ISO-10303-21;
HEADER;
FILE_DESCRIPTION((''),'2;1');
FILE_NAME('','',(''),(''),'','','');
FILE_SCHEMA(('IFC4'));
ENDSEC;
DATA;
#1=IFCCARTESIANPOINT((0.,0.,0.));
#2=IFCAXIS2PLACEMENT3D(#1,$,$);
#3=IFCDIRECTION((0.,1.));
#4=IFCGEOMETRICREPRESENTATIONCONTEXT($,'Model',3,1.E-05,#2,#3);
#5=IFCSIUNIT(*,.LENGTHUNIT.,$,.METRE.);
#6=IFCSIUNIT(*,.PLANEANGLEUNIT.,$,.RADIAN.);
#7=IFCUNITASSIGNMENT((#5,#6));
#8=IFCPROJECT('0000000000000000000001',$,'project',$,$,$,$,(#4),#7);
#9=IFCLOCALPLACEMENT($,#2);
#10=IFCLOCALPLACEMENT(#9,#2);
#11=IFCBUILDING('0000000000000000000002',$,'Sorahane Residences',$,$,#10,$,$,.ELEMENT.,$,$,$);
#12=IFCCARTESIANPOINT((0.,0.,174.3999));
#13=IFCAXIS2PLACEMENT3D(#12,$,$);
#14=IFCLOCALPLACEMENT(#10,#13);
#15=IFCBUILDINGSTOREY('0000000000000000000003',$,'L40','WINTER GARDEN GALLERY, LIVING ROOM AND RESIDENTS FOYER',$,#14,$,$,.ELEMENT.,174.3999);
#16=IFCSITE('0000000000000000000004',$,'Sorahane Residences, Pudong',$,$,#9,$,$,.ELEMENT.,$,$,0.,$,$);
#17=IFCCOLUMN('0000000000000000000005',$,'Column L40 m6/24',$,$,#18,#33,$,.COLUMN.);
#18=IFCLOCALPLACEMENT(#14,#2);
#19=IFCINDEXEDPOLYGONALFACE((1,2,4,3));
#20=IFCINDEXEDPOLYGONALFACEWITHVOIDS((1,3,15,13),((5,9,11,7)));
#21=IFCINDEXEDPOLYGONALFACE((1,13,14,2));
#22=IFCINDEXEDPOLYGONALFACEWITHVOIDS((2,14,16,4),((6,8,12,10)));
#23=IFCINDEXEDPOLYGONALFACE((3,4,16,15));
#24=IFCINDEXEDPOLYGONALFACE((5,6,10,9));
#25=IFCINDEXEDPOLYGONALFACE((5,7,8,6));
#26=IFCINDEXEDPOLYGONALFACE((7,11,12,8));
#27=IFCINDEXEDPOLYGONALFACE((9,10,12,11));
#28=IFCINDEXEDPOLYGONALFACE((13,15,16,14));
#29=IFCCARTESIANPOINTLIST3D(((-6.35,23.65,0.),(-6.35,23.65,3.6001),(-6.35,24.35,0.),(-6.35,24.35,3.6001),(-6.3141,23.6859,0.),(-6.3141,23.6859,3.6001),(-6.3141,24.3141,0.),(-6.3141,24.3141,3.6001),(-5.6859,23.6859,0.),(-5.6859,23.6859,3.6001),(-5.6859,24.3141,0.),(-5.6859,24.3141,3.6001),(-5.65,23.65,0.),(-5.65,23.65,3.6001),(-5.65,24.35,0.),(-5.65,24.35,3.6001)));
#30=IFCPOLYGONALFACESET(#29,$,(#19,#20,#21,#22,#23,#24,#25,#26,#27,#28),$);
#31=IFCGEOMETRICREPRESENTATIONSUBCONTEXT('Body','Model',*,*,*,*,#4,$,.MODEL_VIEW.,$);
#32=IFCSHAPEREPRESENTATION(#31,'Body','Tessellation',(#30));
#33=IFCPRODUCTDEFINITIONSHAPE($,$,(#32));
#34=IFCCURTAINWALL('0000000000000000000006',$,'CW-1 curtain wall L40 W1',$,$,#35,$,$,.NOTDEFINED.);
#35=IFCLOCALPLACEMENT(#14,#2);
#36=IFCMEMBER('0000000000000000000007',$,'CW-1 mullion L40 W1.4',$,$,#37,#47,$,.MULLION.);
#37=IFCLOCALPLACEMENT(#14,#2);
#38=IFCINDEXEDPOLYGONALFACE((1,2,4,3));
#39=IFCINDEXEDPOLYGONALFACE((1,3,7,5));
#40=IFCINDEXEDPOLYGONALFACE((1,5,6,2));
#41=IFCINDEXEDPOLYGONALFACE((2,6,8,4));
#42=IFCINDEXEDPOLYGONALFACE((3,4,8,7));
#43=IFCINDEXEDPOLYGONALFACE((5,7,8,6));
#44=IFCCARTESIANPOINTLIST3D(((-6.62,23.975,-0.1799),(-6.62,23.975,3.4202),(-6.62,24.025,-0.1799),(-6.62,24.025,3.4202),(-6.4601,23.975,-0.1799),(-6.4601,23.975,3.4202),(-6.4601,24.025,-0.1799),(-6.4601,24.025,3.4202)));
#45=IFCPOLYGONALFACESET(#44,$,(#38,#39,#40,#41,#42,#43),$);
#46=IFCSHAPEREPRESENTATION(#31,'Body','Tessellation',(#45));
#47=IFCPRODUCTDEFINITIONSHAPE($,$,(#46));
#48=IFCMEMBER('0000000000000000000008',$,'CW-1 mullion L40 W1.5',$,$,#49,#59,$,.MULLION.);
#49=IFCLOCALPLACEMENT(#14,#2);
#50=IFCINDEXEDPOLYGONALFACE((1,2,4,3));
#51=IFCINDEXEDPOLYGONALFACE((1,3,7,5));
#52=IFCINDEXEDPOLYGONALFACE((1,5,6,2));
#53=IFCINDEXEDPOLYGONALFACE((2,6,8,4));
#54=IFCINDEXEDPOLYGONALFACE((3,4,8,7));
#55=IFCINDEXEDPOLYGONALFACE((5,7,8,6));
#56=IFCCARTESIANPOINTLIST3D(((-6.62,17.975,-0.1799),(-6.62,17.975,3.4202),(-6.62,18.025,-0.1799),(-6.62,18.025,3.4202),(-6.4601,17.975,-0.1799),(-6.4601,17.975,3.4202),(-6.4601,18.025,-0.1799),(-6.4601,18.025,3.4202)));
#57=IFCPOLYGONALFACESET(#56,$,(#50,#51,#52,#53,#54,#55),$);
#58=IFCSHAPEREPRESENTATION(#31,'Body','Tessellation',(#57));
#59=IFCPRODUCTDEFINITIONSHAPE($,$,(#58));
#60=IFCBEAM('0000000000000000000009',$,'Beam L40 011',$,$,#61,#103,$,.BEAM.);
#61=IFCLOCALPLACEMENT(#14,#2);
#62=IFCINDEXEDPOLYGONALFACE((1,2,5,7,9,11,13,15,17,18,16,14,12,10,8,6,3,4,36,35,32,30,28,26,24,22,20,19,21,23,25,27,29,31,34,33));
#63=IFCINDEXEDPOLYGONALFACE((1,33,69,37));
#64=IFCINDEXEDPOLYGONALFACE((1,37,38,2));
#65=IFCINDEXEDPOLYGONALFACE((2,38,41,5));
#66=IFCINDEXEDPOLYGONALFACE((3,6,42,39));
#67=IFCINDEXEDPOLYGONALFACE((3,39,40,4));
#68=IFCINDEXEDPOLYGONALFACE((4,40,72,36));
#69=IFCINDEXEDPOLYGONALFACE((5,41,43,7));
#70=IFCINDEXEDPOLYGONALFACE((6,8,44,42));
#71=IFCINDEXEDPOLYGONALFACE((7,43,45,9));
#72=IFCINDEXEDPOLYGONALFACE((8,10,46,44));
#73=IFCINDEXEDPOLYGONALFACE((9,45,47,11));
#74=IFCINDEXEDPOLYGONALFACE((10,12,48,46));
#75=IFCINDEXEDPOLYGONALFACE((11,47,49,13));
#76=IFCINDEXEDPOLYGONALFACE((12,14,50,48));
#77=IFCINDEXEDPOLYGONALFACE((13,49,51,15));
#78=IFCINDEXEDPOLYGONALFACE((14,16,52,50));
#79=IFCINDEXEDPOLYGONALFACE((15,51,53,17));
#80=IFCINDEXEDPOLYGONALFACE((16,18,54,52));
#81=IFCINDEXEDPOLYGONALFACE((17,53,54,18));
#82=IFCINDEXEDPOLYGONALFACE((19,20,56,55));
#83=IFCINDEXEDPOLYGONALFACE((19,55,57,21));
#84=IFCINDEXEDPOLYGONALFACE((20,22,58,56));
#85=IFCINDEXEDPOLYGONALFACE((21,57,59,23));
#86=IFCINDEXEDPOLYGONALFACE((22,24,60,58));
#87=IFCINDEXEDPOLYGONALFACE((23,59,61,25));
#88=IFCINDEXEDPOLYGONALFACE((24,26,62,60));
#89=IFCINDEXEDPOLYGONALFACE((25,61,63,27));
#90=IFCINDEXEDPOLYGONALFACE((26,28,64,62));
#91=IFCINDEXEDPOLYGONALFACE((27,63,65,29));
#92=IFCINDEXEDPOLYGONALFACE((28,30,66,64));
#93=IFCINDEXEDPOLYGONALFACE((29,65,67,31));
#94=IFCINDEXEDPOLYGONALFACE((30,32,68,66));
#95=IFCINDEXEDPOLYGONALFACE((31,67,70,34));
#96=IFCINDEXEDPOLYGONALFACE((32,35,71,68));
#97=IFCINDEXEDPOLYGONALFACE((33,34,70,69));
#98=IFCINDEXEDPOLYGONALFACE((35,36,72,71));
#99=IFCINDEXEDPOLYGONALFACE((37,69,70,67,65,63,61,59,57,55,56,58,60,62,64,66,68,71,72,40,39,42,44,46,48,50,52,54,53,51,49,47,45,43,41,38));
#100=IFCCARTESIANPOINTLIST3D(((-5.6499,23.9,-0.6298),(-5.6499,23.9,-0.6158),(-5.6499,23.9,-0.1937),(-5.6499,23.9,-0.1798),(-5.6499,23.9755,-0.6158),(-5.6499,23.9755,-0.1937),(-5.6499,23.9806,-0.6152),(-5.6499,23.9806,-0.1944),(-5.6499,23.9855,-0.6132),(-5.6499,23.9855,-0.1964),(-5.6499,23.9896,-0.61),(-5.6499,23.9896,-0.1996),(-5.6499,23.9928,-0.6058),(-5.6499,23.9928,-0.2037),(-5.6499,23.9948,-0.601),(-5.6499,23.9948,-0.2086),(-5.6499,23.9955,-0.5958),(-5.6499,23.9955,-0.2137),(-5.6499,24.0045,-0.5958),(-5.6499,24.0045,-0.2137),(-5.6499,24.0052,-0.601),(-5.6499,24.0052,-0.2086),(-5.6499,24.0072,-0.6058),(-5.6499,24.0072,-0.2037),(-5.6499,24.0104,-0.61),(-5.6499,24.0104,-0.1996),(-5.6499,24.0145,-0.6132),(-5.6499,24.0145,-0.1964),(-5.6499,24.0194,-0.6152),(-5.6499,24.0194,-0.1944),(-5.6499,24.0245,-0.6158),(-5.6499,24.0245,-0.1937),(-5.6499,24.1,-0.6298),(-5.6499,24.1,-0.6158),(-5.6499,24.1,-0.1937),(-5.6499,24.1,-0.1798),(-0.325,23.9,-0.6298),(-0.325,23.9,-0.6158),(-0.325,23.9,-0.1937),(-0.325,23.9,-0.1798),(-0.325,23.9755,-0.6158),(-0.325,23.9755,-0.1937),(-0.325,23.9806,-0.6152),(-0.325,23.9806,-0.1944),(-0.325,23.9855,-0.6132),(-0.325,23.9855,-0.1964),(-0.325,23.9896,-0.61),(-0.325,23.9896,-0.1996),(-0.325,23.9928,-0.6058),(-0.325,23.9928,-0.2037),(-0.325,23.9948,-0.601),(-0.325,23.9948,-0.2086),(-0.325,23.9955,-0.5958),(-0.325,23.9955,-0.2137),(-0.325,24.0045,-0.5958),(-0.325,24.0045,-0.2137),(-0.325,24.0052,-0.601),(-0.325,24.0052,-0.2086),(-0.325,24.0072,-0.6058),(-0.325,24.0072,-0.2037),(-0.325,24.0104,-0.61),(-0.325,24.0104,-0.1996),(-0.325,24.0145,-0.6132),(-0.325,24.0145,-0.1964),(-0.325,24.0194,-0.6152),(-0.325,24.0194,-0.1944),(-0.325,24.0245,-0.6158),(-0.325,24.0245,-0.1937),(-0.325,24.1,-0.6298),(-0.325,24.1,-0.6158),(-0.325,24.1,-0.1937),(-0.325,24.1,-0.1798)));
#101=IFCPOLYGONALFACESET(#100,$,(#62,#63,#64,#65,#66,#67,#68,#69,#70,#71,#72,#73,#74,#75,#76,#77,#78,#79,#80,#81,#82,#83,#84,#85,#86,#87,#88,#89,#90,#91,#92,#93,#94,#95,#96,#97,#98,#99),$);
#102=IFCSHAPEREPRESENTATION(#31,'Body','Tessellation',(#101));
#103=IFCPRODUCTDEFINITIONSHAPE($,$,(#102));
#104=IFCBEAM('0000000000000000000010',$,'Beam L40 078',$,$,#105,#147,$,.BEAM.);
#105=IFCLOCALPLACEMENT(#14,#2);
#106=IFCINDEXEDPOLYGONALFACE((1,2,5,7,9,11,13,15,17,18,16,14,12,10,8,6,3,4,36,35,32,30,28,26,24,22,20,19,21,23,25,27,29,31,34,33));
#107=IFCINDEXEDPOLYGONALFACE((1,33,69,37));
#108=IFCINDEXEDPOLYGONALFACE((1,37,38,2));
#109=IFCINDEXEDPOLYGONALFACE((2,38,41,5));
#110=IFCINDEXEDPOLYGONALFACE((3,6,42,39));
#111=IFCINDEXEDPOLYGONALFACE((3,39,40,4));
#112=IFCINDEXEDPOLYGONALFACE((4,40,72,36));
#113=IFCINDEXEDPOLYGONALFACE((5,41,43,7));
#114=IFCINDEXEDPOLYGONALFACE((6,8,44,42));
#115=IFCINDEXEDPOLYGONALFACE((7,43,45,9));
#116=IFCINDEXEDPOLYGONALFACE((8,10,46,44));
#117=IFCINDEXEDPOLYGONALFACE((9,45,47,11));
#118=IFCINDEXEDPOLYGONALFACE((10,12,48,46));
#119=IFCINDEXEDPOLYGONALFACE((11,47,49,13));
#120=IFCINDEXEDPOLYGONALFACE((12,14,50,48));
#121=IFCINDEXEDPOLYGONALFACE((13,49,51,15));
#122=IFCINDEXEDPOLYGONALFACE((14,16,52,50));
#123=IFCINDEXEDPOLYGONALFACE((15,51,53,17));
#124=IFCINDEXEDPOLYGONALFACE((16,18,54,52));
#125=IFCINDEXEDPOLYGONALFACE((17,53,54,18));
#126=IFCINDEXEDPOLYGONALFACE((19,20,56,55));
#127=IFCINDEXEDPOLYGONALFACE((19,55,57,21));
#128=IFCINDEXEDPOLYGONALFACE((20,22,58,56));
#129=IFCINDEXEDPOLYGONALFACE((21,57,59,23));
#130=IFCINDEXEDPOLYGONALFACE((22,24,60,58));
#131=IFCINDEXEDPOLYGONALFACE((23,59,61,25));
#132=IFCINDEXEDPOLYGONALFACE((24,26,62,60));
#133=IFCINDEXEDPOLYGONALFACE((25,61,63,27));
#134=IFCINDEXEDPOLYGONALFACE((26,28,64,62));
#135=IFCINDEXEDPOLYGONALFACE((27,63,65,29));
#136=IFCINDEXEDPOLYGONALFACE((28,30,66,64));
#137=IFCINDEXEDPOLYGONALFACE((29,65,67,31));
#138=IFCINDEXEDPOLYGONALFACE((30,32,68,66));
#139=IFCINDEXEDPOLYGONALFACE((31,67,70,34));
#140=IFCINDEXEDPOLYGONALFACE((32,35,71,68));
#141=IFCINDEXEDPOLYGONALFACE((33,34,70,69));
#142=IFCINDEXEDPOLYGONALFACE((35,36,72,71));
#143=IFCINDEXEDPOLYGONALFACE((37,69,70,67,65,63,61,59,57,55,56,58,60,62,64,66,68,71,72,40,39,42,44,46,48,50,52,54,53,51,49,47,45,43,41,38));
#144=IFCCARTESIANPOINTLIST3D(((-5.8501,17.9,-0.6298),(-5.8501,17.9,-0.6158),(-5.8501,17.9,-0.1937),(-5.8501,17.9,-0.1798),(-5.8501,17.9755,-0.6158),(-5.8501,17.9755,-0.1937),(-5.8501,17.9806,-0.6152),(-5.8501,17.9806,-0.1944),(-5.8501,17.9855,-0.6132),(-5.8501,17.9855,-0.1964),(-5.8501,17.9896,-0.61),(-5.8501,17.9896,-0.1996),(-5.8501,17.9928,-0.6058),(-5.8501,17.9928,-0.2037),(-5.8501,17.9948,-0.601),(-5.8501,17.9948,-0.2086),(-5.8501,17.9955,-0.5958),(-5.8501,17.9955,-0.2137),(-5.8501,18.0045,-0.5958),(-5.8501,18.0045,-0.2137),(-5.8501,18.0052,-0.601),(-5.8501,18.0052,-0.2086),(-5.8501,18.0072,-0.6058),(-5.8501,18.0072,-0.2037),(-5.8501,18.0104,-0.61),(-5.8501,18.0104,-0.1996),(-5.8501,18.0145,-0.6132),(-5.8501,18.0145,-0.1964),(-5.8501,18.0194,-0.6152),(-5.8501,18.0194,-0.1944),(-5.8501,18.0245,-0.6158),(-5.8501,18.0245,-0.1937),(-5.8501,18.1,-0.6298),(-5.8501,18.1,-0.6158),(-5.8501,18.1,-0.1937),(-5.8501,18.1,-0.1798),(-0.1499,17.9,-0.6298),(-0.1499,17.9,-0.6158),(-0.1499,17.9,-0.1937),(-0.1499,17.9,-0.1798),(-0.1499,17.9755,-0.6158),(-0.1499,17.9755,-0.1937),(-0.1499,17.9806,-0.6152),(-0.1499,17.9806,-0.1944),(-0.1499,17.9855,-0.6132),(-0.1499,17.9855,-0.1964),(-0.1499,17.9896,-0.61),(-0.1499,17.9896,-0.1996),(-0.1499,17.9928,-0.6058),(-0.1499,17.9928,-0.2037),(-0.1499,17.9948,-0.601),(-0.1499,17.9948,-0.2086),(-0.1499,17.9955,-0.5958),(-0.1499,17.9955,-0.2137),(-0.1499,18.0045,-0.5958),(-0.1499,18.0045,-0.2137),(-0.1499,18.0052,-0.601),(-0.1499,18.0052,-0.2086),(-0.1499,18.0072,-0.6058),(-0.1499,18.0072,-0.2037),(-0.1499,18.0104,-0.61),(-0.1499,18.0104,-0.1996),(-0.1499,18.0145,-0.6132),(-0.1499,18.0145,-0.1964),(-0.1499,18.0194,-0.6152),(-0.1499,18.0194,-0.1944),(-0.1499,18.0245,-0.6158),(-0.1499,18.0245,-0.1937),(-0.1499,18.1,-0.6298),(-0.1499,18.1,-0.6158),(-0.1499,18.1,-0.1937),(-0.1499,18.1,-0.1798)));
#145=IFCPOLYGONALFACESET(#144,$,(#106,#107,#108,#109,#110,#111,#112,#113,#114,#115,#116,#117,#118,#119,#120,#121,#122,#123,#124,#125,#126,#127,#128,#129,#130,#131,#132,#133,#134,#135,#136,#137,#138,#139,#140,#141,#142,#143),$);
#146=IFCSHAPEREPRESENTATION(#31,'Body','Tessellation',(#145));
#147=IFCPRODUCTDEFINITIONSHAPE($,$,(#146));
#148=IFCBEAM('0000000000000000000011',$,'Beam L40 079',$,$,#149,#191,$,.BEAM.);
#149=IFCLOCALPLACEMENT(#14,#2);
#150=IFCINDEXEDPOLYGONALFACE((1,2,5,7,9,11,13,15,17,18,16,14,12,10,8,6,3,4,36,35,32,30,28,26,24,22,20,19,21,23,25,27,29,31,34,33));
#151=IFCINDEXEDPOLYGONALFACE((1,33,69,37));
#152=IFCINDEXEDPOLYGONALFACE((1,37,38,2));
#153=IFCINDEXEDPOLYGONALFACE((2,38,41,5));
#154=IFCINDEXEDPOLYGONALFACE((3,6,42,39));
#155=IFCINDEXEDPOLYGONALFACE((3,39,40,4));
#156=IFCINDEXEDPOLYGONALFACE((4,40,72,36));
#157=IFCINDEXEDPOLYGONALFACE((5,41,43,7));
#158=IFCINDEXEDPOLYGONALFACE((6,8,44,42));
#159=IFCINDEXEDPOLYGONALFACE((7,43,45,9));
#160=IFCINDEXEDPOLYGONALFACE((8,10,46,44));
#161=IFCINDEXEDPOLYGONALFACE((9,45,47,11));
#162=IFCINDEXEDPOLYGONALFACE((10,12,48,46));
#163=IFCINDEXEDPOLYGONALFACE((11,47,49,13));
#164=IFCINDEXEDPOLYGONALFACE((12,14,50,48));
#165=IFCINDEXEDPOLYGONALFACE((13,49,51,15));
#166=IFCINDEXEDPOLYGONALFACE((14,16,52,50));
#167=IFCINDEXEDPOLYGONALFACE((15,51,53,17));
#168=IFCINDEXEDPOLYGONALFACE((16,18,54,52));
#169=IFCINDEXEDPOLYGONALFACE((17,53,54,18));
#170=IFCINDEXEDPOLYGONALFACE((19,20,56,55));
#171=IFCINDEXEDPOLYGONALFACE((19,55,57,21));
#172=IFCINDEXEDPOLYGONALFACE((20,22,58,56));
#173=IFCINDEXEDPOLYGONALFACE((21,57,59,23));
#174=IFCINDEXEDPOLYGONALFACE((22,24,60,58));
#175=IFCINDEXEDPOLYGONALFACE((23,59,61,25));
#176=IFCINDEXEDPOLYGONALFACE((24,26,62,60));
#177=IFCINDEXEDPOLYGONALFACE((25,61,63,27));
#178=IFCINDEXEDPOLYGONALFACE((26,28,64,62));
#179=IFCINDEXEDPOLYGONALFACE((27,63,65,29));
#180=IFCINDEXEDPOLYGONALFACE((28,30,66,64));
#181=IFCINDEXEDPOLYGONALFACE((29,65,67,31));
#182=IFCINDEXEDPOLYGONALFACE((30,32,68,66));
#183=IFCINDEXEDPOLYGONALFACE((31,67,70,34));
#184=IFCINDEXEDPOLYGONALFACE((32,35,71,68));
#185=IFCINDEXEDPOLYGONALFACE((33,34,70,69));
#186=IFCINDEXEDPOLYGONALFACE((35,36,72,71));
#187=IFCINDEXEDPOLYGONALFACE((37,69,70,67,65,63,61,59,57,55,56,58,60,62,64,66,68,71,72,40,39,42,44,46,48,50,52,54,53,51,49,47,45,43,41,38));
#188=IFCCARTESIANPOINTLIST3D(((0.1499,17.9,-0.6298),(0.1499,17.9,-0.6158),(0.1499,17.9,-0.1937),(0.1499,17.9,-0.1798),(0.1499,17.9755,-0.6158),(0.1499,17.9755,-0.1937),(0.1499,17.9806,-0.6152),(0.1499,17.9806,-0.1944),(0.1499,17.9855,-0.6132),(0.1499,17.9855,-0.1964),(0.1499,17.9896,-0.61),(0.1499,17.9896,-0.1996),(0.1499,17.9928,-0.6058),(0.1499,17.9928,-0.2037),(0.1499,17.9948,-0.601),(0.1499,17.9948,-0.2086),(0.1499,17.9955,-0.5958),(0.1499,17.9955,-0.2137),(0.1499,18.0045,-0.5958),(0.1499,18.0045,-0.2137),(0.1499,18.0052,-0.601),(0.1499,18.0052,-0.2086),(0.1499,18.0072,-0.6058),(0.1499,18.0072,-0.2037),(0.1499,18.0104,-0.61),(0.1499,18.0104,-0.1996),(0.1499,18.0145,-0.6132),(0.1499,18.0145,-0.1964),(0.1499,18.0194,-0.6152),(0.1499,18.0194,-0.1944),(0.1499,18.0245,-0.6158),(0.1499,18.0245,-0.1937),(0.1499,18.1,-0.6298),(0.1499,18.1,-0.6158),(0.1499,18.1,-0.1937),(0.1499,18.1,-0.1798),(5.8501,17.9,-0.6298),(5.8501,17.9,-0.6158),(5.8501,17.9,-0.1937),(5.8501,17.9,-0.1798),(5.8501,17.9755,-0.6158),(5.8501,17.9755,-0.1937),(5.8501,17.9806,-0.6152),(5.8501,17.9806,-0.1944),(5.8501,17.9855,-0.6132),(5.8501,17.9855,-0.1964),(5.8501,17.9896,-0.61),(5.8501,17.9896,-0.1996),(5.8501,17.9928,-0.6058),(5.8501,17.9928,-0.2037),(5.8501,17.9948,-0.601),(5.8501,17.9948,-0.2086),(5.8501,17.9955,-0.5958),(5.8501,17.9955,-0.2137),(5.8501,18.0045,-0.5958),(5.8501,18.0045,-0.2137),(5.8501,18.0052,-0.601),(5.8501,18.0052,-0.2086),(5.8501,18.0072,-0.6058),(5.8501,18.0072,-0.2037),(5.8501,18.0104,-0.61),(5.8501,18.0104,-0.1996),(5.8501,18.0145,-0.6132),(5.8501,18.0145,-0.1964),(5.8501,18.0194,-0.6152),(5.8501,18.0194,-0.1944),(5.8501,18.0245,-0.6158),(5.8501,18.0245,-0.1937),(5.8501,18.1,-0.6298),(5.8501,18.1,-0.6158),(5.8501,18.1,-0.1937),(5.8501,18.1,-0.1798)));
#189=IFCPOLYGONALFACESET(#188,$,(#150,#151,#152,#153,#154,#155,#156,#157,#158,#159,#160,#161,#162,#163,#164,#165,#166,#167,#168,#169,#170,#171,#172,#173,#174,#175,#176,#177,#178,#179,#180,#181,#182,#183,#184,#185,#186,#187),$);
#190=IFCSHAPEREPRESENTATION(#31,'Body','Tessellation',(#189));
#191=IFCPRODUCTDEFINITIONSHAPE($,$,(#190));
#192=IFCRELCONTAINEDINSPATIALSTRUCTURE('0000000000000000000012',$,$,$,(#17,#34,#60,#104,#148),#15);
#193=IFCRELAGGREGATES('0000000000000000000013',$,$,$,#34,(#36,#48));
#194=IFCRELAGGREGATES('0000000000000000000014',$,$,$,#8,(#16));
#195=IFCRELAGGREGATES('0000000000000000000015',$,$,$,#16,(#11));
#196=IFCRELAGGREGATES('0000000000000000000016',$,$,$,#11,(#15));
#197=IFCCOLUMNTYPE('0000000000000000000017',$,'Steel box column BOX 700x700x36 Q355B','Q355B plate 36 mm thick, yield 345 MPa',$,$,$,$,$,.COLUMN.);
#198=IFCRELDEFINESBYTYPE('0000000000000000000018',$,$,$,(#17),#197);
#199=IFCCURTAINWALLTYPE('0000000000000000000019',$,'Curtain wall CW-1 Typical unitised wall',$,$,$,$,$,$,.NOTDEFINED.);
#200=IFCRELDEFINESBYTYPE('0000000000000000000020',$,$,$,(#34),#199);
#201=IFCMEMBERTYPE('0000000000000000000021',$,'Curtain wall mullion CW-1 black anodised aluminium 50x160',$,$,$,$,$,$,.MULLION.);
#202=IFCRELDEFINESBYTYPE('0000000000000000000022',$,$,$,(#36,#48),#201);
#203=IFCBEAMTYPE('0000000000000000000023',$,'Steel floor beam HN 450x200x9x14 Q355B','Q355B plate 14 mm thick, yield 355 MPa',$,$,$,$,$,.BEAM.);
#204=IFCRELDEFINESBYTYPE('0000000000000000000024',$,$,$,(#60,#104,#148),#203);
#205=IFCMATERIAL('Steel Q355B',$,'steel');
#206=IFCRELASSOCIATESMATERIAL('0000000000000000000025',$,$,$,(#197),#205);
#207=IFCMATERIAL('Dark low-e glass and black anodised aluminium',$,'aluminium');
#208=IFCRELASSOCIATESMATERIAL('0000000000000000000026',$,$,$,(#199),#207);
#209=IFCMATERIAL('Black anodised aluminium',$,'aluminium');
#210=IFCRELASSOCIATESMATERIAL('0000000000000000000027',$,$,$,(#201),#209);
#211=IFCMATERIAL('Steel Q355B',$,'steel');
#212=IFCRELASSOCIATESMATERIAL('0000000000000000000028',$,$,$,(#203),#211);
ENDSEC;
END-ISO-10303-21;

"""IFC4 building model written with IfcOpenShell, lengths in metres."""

from ifc_helpers import new_model, si_unit, direction, frame, origin, origin_2d, place, context, subcontext, project, spatial, rectangle, hollow_rectangle, i_section, extrude, material, material_profile, profile_set, type_object, element, aggregate, save


model = new_model("IFC4")

# Units and contexts
model_context = context("Model", 3, precision=1e-05, world=origin(), true_north=direction((0.0, 1.0)))
body_context = subcontext(model_context, "Body", "Model", "MODEL_VIEW")
ifc_project = project(units=[si_unit("LENGTHUNIT", "METRE"), si_unit("PLANEANGLEUNIT", "RADIAN")], contexts=[model_context])

# Site, building, storey
site_placement = place(None, origin())
site = spatial("IfcSite", under=ifc_project, at=site_placement, Name="Sorahane Residences, Pudong", CompositionType="ELEMENT", RefElevation=0.0)
building_placement = place(site_placement, origin())
building = spatial("IfcBuilding", under=site, at=building_placement, Name="Sorahane Residences", CompositionType="ELEMENT")
storey_placement = place(building_placement, frame((0.0, 0.0, 174.3999)))
storey = spatial("IfcBuildingStorey", under=building, at=storey_placement, Name="L40", Description="WINTER GARDEN GALLERY, LIVING ROOM AND RESIDENTS FOYER", CompositionType="ELEMENT", Elevation=174.3999)

# Column
ifc_material_1 = material(Name="Steel Q355B", Category="steel")
ifc_material_profile_1 = material_profile(ifc_material_1, hollow_rectangle(XDim=0.7, YDim=0.7, WallThickness=0.0359, at=origin_2d()), Name="BOX 700x700x36")
ifc_profile_set_1 = profile_set([ifc_material_profile_1], Name="Steel Q355B")
column_type = type_object("IfcColumnType", Name="Steel box column BOX 700x700x36 Q355B", Description="Q355B plate 36 mm thick, yield 345 MPa", PredefinedType="COLUMN", material=ifc_profile_set_1)
column_placement = place(storey_placement, frame((-6.0, 24.0, 0.0), z_axis=(0.0, 0.0, 1.0), x_axis=(1.0, 0.0, 0.0)))
element("IfcColumn", 1, at=column_placement, inside=storey, type_object=column_type, Name="Column L40 m6/24", PredefinedType="COLUMN", context=body_context, shape_type="SweptSolid", body=[
    extrude(hollow_rectangle(XDim=0.7, YDim=0.7, WallThickness=0.0359, at=origin_2d()), origin(), (0.0, 0.0, 1.0), 3.6001),
])

# Curtain wall, members
ifc_material_2 = material(Name="Dark low-e glass and black anodised aluminium", Category="aluminium")
curtain_wall_type = type_object("IfcCurtainWallType", Name="Curtain wall CW-1 Typical unitised wall", PredefinedType="NOTDEFINED", material=ifc_material_2)
curtain_wall_placement = place(storey_placement, origin())
curtain_wall = element("IfcCurtainWall", 2, at=curtain_wall_placement, inside=storey, type_object=curtain_wall_type, Name="CW-1 curtain wall L40 W1", PredefinedType="NOTDEFINED")
ifc_material_3 = material(Name="Black anodised aluminium", Category="aluminium")
ifc_material_profile_2 = material_profile(ifc_material_3, rectangle(XDim=0.1599, YDim=0.05, at=origin_2d()), Name="Curtain wall mullion CW-1 black anodised aluminium 50x160")
ifc_profile_set_2 = profile_set([ifc_material_profile_2], Name="Black anodised aluminium")
member_type = type_object("IfcMemberType", Name="Curtain wall mullion CW-1 black anodised aluminium 50x160", PredefinedType="MULLION", material=ifc_profile_set_2)
member_1_placement = place(storey_placement, frame((-6.54, 24.0, -0.1799), z_axis=(0.0, 0.0, 1.0), x_axis=(-1.0, 0.0, 0.0)))
member_1 = element("IfcMember", 3, at=member_1_placement, type_object=member_type, Name="CW-1 mullion L40 W1.4", PredefinedType="MULLION", context=body_context, shape_type="SweptSolid", body=[
    extrude(rectangle(XDim=0.1599, YDim=0.05, at=origin_2d()), origin(), (0.0, 0.0, 1.0), 3.6001),
])
member_2_placement = place(storey_placement, frame((-6.54, 18.0, -0.1799), z_axis=(0.0, 0.0, 1.0), x_axis=(-1.0, 0.0, 0.0)))
member_2 = element("IfcMember", 4, at=member_2_placement, type_object=member_type, Name="CW-1 mullion L40 W1.5", PredefinedType="MULLION", context=body_context, shape_type="SweptSolid", body=[
    extrude(rectangle(XDim=0.1599, YDim=0.05, at=origin_2d()), origin(), (0.0, 0.0, 1.0), 3.6001),
])

# Beams
ifc_material_4 = material(Name="Steel Q355B", Category="steel")
ifc_material_profile_3 = material_profile(ifc_material_4, i_section(OverallWidth=0.2, OverallDepth=0.45, WebThickness=0.009, FlangeThickness=0.0139, FilletRadius=0.02, at=origin_2d()), Name="HN 450x200x9x14")
ifc_profile_set_3 = profile_set([ifc_material_profile_3], Name="Steel Q355B")
beam_type = type_object("IfcBeamType", Name="Steel floor beam HN 450x200x9x14 Q355B", Description="Q355B plate 14 mm thick, yield 355 MPa", PredefinedType="BEAM", material=ifc_profile_set_3)
beam_placement = place(storey_placement, frame((-5.6499, 24.0, -0.4048), z_axis=(1.0, 0.0, 0.0), x_axis=(0.0, 1.0, 0.0)))
element("IfcBeam", 5, at=beam_placement, inside=storey, type_object=beam_type, Name="Beam L40 011", PredefinedType="BEAM", context=body_context, shape_type="SweptSolid", body=[
    extrude(i_section(OverallWidth=0.2, OverallDepth=0.45, WebThickness=0.009, FlangeThickness=0.0139, FilletRadius=0.02, at=origin_2d()), origin(), (0.0, 0.0, 1.0), 5.325),
])
for number, where, z_axis, x_axis, name in (
    (6, (-5.8501, 18.0, -0.4048), (1.0, 0.0, 0.0), (0.0, 1.0, 0.0), "Beam L40 078"),
    (7, (0.1499, 18.0, -0.4048), (1.0, 0.0, 0.0), (0.0, 1.0, 0.0), "Beam L40 079"),
):
    element("IfcBeam", number, at=place(storey_placement, frame(where, z_axis=z_axis, x_axis=x_axis)), inside=storey, type_object=beam_type, Name=name, PredefinedType="BEAM", context=body_context, shape_type="SweptSolid", body=[
        extrude(i_section(OverallWidth=0.2, OverallDepth=0.45, WebThickness=0.009, FlangeThickness=0.0139, FilletRadius=0.02, at=origin_2d()), origin(), (0.0, 0.0, 1.0), 5.7002),
    ])

aggregate(curtain_wall, [member_1, member_2])

save(model, "model.ifc")
